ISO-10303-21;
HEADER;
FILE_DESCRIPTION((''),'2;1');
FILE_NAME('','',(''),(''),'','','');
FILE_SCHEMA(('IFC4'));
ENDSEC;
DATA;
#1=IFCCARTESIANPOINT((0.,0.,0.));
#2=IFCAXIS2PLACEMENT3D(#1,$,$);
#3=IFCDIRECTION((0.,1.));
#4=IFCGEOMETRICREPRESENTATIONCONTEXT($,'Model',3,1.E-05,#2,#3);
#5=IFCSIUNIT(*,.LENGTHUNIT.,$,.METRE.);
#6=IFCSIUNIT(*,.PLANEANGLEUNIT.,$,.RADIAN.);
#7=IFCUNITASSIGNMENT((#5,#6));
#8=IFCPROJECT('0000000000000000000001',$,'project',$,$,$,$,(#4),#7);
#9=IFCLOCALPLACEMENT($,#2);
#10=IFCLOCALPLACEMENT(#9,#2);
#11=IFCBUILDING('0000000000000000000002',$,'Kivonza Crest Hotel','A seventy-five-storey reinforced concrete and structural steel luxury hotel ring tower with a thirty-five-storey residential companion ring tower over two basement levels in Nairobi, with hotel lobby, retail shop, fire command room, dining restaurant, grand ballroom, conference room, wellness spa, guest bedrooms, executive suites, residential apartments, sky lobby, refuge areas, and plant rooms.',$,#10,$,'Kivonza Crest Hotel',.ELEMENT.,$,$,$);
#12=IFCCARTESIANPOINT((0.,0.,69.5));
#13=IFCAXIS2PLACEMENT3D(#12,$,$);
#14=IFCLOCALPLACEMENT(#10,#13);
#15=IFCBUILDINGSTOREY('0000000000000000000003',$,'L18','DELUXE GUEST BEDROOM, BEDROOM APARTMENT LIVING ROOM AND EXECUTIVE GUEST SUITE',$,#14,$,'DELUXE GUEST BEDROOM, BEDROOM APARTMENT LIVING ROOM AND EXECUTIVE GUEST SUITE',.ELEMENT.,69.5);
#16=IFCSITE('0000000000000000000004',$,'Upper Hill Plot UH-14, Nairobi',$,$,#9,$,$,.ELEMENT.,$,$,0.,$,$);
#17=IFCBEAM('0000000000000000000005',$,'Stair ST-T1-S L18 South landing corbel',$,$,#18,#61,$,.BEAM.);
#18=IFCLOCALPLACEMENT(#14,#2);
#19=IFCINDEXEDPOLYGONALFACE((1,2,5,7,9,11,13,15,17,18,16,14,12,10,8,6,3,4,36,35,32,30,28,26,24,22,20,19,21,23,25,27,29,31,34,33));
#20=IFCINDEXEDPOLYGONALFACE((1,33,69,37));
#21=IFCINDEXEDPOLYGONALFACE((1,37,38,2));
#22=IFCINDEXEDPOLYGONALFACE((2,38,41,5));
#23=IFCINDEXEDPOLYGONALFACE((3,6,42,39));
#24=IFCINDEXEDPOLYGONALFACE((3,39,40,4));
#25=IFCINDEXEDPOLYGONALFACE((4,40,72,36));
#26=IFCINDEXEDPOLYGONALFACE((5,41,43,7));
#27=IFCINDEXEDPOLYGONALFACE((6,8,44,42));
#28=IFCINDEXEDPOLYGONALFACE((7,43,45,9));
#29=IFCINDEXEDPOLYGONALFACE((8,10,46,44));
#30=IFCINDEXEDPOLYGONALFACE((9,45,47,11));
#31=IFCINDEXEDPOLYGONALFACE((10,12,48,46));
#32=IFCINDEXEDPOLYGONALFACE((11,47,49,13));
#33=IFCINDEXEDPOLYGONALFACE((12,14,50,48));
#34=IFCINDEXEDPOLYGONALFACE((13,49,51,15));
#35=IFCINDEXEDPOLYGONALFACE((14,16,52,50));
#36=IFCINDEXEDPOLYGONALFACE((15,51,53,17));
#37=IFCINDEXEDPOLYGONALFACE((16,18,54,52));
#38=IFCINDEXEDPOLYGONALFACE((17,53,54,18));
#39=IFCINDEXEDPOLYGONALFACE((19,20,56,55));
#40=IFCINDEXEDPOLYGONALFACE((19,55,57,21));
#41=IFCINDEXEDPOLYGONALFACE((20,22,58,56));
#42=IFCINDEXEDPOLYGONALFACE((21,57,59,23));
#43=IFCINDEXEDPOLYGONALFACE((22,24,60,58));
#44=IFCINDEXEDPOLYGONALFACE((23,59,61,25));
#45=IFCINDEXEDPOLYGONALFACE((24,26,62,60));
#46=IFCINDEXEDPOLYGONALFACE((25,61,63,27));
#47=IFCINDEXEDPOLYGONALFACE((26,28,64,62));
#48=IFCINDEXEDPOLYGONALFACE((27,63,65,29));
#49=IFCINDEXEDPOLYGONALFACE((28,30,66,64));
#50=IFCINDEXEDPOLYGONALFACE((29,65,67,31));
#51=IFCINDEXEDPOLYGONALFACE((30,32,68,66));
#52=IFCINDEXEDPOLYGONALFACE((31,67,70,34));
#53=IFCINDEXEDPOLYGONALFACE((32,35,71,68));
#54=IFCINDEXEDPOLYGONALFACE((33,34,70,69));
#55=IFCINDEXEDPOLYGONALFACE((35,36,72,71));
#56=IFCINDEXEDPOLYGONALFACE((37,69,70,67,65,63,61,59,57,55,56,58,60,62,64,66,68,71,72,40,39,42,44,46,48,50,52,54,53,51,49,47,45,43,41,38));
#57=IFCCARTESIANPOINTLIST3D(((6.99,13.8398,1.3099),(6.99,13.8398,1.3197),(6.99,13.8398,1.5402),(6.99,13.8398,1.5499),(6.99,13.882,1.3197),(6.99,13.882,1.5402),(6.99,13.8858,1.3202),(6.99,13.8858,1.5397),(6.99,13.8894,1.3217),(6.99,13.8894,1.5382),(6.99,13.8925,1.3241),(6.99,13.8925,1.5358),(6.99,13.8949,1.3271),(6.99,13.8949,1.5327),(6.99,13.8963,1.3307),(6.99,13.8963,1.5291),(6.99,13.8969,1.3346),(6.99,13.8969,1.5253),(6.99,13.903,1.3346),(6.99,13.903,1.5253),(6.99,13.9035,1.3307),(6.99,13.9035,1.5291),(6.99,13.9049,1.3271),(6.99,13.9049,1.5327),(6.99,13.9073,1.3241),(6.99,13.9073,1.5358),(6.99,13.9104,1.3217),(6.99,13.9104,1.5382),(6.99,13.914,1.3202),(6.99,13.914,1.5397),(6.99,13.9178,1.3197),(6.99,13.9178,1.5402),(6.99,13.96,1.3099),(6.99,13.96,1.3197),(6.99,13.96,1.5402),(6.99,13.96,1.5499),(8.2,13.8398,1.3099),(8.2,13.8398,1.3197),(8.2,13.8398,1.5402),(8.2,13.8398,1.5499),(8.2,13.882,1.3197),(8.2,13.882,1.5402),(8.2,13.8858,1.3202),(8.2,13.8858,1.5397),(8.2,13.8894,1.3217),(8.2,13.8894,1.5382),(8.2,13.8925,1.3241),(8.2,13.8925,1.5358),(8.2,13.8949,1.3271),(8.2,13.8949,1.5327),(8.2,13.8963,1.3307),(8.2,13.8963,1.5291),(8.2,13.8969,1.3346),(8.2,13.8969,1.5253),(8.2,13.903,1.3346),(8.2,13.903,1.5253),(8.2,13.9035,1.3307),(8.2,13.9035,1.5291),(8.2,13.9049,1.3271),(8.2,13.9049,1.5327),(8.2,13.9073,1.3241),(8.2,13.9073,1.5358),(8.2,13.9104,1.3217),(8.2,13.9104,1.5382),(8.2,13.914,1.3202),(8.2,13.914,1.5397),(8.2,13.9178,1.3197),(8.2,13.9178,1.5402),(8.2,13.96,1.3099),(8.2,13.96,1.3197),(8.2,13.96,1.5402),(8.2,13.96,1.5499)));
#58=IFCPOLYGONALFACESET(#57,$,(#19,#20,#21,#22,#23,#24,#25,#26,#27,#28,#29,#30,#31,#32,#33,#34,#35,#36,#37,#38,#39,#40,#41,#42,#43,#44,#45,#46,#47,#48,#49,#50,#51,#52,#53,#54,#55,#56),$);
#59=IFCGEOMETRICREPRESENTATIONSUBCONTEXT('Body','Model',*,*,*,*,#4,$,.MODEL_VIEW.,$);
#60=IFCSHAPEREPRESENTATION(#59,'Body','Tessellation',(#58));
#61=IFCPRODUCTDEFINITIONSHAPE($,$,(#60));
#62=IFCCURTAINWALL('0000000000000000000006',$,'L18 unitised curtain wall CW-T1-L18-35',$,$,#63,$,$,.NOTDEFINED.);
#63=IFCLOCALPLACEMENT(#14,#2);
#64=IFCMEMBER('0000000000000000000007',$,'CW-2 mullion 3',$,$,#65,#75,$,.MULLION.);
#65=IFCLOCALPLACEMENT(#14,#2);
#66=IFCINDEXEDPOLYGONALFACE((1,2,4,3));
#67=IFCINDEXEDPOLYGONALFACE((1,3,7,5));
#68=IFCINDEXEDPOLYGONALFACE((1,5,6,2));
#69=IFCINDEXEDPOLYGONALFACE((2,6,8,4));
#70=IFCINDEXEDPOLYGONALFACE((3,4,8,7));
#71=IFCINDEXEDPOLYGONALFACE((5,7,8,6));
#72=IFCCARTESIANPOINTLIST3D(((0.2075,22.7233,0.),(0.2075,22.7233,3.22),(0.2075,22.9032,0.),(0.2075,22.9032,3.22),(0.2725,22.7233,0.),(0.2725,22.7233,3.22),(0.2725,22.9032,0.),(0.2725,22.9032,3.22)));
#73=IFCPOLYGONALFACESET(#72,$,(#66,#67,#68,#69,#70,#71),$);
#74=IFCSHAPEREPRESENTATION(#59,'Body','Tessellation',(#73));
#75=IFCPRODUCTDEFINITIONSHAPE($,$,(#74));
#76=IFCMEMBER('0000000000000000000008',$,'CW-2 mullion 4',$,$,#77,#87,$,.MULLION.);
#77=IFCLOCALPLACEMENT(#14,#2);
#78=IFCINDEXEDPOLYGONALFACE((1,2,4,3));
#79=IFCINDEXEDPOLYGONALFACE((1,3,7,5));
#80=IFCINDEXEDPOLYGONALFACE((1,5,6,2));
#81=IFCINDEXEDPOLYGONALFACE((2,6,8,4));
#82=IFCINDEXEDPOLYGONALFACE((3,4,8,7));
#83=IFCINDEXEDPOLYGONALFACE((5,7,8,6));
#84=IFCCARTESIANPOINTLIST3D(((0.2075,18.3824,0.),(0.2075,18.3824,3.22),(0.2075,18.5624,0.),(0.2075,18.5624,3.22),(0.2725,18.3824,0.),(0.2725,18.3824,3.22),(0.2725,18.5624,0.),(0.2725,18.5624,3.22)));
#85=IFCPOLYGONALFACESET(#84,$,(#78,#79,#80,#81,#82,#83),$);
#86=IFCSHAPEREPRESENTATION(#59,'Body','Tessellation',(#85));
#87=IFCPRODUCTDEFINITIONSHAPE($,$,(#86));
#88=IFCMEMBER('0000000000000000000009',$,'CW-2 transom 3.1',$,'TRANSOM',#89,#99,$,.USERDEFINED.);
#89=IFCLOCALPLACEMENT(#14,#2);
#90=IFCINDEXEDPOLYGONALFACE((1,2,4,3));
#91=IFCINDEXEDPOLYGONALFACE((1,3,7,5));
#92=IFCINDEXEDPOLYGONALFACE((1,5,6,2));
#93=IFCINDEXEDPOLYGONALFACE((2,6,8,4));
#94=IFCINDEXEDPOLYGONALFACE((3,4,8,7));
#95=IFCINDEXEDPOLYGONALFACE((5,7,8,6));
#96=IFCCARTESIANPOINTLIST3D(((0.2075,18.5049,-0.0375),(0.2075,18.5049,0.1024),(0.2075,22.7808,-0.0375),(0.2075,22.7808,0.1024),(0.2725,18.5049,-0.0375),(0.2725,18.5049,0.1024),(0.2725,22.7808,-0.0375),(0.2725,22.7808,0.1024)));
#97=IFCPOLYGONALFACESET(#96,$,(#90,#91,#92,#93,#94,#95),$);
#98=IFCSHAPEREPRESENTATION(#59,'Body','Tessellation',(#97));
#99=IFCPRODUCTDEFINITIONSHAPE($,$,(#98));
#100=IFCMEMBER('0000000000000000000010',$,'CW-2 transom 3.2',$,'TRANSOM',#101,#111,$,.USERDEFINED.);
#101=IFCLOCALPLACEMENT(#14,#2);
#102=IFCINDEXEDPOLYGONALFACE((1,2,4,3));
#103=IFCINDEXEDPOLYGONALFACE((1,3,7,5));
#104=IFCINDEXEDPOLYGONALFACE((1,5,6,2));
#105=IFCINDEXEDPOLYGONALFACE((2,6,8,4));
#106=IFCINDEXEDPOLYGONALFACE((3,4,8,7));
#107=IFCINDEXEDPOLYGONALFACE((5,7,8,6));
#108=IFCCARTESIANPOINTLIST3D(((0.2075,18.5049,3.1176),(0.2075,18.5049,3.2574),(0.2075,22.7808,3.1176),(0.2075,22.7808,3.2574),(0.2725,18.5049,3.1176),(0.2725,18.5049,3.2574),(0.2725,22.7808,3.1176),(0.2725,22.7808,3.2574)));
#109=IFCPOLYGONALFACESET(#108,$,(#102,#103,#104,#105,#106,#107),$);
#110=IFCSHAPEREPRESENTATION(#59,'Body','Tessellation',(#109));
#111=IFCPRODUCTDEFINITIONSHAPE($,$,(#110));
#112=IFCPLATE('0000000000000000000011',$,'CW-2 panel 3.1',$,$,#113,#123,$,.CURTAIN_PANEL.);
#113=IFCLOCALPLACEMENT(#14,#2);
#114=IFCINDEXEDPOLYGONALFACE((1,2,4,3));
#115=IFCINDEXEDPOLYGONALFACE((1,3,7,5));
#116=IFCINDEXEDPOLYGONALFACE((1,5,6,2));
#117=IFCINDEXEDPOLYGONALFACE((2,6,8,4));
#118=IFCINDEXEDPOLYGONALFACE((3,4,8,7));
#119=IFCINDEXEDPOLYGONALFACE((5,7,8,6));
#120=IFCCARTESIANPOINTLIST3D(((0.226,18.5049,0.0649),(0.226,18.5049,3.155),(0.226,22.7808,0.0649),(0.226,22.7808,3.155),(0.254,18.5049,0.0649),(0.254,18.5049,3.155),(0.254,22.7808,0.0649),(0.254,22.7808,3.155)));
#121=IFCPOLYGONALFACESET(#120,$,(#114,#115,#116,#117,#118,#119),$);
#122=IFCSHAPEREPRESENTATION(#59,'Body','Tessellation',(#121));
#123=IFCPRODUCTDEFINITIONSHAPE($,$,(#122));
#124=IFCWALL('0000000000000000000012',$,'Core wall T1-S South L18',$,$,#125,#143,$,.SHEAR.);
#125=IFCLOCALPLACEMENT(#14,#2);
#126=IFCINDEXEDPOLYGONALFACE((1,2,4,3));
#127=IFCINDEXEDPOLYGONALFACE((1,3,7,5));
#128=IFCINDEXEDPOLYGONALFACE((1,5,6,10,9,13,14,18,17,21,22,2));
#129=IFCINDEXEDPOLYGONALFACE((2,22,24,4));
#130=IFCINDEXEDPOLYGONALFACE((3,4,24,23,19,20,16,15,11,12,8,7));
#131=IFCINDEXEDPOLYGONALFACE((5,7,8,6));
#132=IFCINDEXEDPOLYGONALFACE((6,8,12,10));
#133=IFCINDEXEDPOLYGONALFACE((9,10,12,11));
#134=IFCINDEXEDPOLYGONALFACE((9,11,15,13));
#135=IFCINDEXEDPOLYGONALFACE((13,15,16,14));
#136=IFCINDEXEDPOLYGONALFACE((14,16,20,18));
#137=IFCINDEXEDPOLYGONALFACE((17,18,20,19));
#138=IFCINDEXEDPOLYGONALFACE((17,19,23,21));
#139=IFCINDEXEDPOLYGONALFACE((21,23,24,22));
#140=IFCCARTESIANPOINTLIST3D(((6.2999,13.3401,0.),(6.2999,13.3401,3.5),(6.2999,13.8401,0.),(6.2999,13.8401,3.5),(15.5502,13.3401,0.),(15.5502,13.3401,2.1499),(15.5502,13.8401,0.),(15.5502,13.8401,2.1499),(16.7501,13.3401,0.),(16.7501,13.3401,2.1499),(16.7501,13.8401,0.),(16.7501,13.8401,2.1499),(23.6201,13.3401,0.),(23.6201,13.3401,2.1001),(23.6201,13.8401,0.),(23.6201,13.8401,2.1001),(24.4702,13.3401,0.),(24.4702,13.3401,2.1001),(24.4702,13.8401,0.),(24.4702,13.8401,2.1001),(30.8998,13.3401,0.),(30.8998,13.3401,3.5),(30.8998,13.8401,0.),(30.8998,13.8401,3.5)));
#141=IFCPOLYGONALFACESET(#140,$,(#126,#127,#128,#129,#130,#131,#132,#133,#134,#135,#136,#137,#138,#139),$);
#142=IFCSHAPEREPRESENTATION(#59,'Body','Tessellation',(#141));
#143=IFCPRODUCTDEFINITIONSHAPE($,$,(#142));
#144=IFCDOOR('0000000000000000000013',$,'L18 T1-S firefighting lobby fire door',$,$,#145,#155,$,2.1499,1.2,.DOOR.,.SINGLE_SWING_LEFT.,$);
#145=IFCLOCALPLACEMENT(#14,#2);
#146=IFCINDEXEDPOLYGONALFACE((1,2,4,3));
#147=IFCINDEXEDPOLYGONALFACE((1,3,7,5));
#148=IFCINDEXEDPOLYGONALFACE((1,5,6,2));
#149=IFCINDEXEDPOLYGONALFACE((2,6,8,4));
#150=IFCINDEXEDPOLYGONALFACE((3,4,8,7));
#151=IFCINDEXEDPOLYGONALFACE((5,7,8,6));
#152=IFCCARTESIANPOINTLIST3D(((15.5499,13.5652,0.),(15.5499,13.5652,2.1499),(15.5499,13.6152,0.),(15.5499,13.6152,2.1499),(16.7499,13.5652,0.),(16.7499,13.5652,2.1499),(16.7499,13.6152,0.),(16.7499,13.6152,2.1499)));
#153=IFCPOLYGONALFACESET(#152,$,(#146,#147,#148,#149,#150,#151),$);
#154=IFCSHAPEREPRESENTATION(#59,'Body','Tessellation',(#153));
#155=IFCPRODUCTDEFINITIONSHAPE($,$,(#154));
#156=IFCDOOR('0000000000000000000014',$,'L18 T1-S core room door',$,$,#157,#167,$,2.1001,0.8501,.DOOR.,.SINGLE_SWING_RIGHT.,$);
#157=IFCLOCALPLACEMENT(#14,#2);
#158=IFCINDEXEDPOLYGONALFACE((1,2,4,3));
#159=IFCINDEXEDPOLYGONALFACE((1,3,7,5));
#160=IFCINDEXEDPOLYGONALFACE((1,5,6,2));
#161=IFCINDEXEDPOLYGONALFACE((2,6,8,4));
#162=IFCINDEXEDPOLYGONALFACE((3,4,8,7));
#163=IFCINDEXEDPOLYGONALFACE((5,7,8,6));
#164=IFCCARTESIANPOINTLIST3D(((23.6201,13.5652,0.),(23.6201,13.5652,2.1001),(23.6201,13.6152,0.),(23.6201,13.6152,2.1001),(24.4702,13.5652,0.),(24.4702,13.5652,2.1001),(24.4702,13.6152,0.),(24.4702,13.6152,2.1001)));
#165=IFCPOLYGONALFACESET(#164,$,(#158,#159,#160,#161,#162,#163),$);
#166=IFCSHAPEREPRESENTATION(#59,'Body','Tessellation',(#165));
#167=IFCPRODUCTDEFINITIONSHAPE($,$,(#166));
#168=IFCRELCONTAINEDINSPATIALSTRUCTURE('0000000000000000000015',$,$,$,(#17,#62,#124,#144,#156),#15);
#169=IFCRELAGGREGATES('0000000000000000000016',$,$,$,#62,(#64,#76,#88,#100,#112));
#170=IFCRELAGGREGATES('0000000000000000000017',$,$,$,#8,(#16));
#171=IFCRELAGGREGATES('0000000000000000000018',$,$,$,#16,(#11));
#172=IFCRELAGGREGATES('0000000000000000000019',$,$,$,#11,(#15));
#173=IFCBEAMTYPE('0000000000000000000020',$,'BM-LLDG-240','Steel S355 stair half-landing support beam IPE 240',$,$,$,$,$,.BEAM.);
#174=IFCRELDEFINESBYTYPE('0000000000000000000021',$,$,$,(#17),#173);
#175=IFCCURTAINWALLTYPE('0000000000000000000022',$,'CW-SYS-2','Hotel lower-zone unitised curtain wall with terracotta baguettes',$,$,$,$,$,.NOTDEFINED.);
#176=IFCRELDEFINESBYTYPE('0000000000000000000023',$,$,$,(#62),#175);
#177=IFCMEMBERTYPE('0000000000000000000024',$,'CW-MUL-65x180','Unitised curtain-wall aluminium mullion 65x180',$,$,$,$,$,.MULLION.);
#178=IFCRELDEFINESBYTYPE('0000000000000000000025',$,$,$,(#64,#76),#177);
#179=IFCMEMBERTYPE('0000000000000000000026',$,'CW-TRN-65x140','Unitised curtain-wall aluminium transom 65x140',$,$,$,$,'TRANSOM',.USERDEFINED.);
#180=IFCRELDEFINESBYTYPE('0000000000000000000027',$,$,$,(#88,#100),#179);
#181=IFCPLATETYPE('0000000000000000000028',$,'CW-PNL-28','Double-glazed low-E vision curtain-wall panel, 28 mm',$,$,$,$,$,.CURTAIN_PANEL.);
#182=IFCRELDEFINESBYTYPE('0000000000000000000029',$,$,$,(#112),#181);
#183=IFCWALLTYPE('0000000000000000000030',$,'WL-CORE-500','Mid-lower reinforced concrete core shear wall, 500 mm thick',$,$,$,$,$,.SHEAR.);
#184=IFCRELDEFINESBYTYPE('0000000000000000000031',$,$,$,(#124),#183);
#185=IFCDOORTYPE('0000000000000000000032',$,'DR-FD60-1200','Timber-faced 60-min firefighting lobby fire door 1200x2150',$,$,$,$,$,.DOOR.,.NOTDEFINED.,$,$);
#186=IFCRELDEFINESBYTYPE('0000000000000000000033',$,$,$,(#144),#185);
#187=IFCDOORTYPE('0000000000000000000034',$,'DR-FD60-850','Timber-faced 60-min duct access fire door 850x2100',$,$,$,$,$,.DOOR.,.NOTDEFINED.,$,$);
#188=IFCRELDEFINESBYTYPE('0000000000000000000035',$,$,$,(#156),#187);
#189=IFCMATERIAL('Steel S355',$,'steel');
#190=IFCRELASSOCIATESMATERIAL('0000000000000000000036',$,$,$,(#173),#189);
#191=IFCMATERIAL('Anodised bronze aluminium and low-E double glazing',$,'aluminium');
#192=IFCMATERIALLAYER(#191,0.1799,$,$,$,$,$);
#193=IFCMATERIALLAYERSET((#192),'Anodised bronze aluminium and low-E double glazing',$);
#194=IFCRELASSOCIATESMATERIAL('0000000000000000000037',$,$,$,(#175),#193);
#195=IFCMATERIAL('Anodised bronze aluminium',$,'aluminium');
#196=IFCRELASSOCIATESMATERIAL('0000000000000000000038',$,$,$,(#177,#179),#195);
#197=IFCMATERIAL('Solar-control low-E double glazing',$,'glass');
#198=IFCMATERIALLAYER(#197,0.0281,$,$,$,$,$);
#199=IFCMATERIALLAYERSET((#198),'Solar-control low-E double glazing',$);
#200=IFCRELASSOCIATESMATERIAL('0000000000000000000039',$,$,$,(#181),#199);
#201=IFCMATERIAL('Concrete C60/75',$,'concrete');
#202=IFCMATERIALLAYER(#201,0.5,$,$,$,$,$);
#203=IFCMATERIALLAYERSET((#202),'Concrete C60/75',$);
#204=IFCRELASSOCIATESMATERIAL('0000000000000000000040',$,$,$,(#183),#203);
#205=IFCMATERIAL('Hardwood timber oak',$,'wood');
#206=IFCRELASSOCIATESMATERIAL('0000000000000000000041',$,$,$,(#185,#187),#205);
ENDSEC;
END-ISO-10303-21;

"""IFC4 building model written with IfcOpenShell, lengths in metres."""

from ifc_helpers import new_model, si_unit, direction, frame, frame_2d, origin, origin_2d, place, context, subcontext, project, spatial, rectangle, i_section, extrude, material, layer, layer_set, material_profile, profile_set, type_object, element, fill, aggregate, save


model = new_model("IFC4")

# Units and contexts
model_context = context("Model", 3, precision=1e-05, world=origin(), true_north=direction((0.0, 1.0)))
body_context = subcontext(model_context, "Body", "Model", "MODEL_VIEW")
ifc_project = project(units=[si_unit("LENGTHUNIT", "METRE"), si_unit("PLANEANGLEUNIT", "RADIAN")], contexts=[model_context])

# Site, building, storey
site_placement = place(None, origin())
site = spatial("IfcSite", under=ifc_project, at=site_placement, Name="Upper Hill Plot UH-14, Nairobi", CompositionType="ELEMENT", RefElevation=0.0)
building_placement = place(site_placement, origin())
building = spatial("IfcBuilding", under=site, at=building_placement, Name="Kivonza Crest Hotel", Description="A seventy-five-storey reinforced concrete and structural steel luxury hotel ring tower with a thirty-five-storey residential companion ring tower over two basement levels in Nairobi, with hotel lobby, retail shop, fire command room, dining restaurant, grand ballroom, conference room, wellness spa, guest bedrooms, executive suites, residential apartments, sky lobby, refuge areas, and plant rooms.", LongName="Kivonza Crest Hotel", CompositionType="ELEMENT")
storey_placement = place(building_placement, frame((0.0, 0.0, 69.5)))
storey = spatial("IfcBuildingStorey", under=building, at=storey_placement, Name="L18", Description="DELUXE GUEST BEDROOM, BEDROOM APARTMENT LIVING ROOM AND EXECUTIVE GUEST SUITE", LongName="DELUXE GUEST BEDROOM, BEDROOM APARTMENT LIVING ROOM AND EXECUTIVE GUEST SUITE", CompositionType="ELEMENT", Elevation=69.5)

# Shared definitions
ifc_material_1 = material(Name="Concrete C60/75", Category="concrete")

# Beam
ifc_material_2 = material(Name="Steel S355", Category="steel")
ifc_material_profile_1 = material_profile(ifc_material_2, i_section(OverallWidth=0.1201, OverallDepth=0.24, WebThickness=0.0061, FlangeThickness=0.0098, FilletRadius=0.0149, at=origin_2d()), Name="IPE 240")
ifc_profile_set_1 = profile_set([ifc_material_profile_1], Name="Steel S355")
beam_type_1 = type_object("IfcBeamType", Name="BM-LLDG-240", Description="Steel S355 stair half-landing support beam IPE 240", PredefinedType="BEAM", material=ifc_profile_set_1)
beam_1_placement = place(storey_placement, frame((6.99, 13.8999, 1.4299), z_axis=(1.0, 0.0, 0.0), x_axis=(0.0, 1.0, 0.0)))
element("IfcBeam", 1, at=beam_1_placement, inside=storey, type_object=beam_type_1, Name="Stair ST-T1-S L18 South landing corbel", PredefinedType="BEAM", context=body_context, shape_type="SweptSolid", body=[
    extrude(i_section(OverallWidth=0.1201, OverallDepth=0.24, WebThickness=0.0061, FlangeThickness=0.0098, FilletRadius=0.0149, at=origin_2d()), origin(), (0.0, 0.0, 1.0), 1.21),
])

# Curtain wall, members, plate
ifc_material_3 = material(Name="Anodised bronze aluminium and low-E double glazing", Category="aluminium")
ifc_layer_1 = layer(ifc_material_3, 0.1799)
ifc_layer_set_1 = layer_set([ifc_layer_1], Name="Anodised bronze aluminium and low-E double glazing")
curtain_wall_type = type_object("IfcCurtainWallType", Name="CW-SYS-2", Description="Hotel lower-zone unitised curtain wall with terracotta baguettes", PredefinedType="NOTDEFINED", material=ifc_layer_set_1)
curtain_wall_placement = place(storey_placement, origin())
curtain_wall = element("IfcCurtainWall", 2, at=curtain_wall_placement, inside=storey, type_object=curtain_wall_type, Name="L18 unitised curtain wall CW-T1-L18-35", PredefinedType="NOTDEFINED")
ifc_material_4 = material(Name="Anodised bronze aluminium", Category="aluminium")
ifc_material_profile_2 = material_profile(ifc_material_4, rectangle(XDim=0.0649, YDim=0.1799, at=origin_2d()), Name="CW-M 65x180")
ifc_profile_set_2 = profile_set([ifc_material_profile_2], Name="Anodised bronze aluminium")
member_type_1 = type_object("IfcMemberType", Name="CW-MUL-65x180", Description="Unitised curtain-wall aluminium mullion 65x180", PredefinedType="MULLION", material=ifc_profile_set_2)
member_1_placement = place(storey_placement, frame((0.24, 22.8132, 0.0), z_axis=(0.0, 0.0, 1.0), x_axis=(1.0, 0.0, 0.0)))
member_1 = element("IfcMember", 3, at=member_1_placement, type_object=member_type_1, Name="CW-2 mullion 3", PredefinedType="MULLION", context=body_context, shape_type="SweptSolid", body=[
    extrude(rectangle(XDim=0.0649, YDim=0.1799, at=origin_2d()), origin(), (0.0, 0.0, 1.0), 3.22),
])
member_2_placement = place(storey_placement, frame((0.24, 18.4724, 0.0), z_axis=(0.0, 0.0, 1.0), x_axis=(1.0, 0.0, 0.0)))
member_2 = element("IfcMember", 4, at=member_2_placement, type_object=member_type_1, Name="CW-2 mullion 4", PredefinedType="MULLION", context=body_context, shape_type="SweptSolid", body=[
    extrude(rectangle(XDim=0.0649, YDim=0.1799, at=origin_2d()), origin(), (0.0, 0.0, 1.0), 3.22),
])
ifc_material_profile_3 = material_profile(ifc_material_4, rectangle(XDim=0.0649, YDim=0.1399, at=origin_2d()), Name="CW-T 65x140")
ifc_profile_set_3 = profile_set([ifc_material_profile_3], Name="Anodised bronze aluminium")
member_type_2 = type_object("IfcMemberType", Name="CW-TRN-65x140", Description="Unitised curtain-wall aluminium transom 65x140", ElementType="TRANSOM", PredefinedType="USERDEFINED", material=ifc_profile_set_3)
member_3_placement = place(storey_placement, frame((0.24, 22.7808, 0.0325), z_axis=(0.0, -1.0, 0.0), x_axis=(1.0, 0.0, 0.0)))
member_3 = element("IfcMember", 5, at=member_3_placement, type_object=member_type_2, Name="CW-2 transom 3.1", ObjectType="TRANSOM", PredefinedType="USERDEFINED", context=body_context, shape_type="SweptSolid", body=[
    extrude(rectangle(XDim=0.0649, YDim=0.1399, at=origin_2d()), origin(), (0.0, 0.0, 1.0), 4.2759),
])
member_4_placement = place(storey_placement, frame((0.24, 22.7808, 3.1875), z_axis=(0.0, -1.0, 0.0), x_axis=(1.0, 0.0, 0.0)))
member_4 = element("IfcMember", 6, at=member_4_placement, type_object=member_type_2, Name="CW-2 transom 3.2", ObjectType="TRANSOM", PredefinedType="USERDEFINED", context=body_context, shape_type="SweptSolid", body=[
    extrude(rectangle(XDim=0.0649, YDim=0.1399, at=origin_2d()), origin(), (0.0, 0.0, 1.0), 4.2759),
])
ifc_material_5 = material(Name="Solar-control low-E double glazing", Category="glass")
ifc_layer_2 = layer(ifc_material_5, 0.0281)
ifc_layer_set_2 = layer_set([ifc_layer_2], Name="Solar-control low-E double glazing")
plate_type = type_object("IfcPlateType", Name="CW-PNL-28", Description="Double-glazed low-E vision curtain-wall panel, 28 mm", PredefinedType="CURTAIN_PANEL", material=ifc_layer_set_2)
plate_placement = place(storey_placement, frame((0.24, 20.6428, 0.0649), z_axis=(0.0, 0.0, 1.0), x_axis=(0.0, -1.0, 0.0)))
plate = element("IfcPlate", 7, at=plate_placement, type_object=plate_type, Name="CW-2 panel 3.1", PredefinedType="CURTAIN_PANEL", context=body_context, shape_type="SweptSolid", body=[
    extrude(rectangle(XDim=4.2759, YDim=0.0281, at=origin_2d()), origin(), (0.0, 0.0, 1.0), 3.0901),
])
aggregate(curtain_wall, [member_1, member_2, member_3, member_4, plate])

# Wall, openings, doors
ifc_layer_3 = layer(ifc_material_1, 0.5)
ifc_layer_set_3 = layer_set([ifc_layer_3], Name="Concrete C60/75")
wall_type_1 = type_object("IfcWallType", Name="WL-CORE-500", Description="Mid-lower reinforced concrete core shear wall, 500 mm thick", PredefinedType="SHEAR", material=ifc_layer_set_3)
wall_1_placement = place(storey_placement, frame((6.3, 13.5901, 0.0), z_axis=(0.0, 0.0, 1.0), x_axis=(1.0, 0.0, 0.0)))
wall_1 = element("IfcWall", 8, at=wall_1_placement, inside=storey, type_object=wall_type_1, Name="Core wall T1-S South L18", PredefinedType="SHEAR", context=body_context, shape_type="SweptSolid", body=[
    extrude(rectangle(XDim=24.5999, YDim=0.5, at=frame_2d((12.2998, 0.0))), origin(), (0.0, 0.0, 1.0), 3.5),
])
opening_1_placement = place(wall_1_placement, frame((9.25, 0.0, 0.0)))
opening_1 = element("IfcOpeningElement", 9, at=opening_1_placement, cuts=wall_1, PredefinedType="OPENING", context=body_context, shape_type="SweptSolid", body=[
    extrude(rectangle(XDim=1.2, YDim=2.1499, at=frame_2d((0.6001, 1.075))), frame((0.0, 0.26, 0.0), z_axis=(0.0, -1.0, 0.0), x_axis=(1.0, 0.0, 0.0)), (0.0, 0.0, 1.0), 0.52),
])
opening_2_placement = place(wall_1_placement, frame((17.3201, 0.0, 0.0)))
opening_2 = element("IfcOpeningElement", 10, at=opening_2_placement, cuts=wall_1, PredefinedType="OPENING", context=body_context, shape_type="SweptSolid", body=[
    extrude(rectangle(XDim=0.8501, YDim=2.1001, at=frame_2d((0.425, 1.05))), frame((0.0, 0.26, 0.0), z_axis=(0.0, -1.0, 0.0), x_axis=(1.0, 0.0, 0.0)), (0.0, 0.0, 1.0), 0.52),
])
ifc_material_6 = material(Name="Hardwood timber oak", Category="wood")
door_type_1 = type_object("IfcDoorType", Name="DR-FD60-1200", Description="Timber-faced 60-min firefighting lobby fire door 1200x2150", OperationType="NOTDEFINED", PredefinedType="DOOR", material=ifc_material_6)
door_1_placement = place(opening_1_placement, frame((1.2, 0.0, 0.0), z_axis=(0.0, 0.0, 1.0), x_axis=(-1.0, 0.0, 0.0)))
door_1 = element("IfcDoor", 11, at=door_1_placement, inside=storey, type_object=door_type_1, Name="L18 T1-S firefighting lobby fire door", OperationType="SINGLE_SWING_LEFT", OverallHeight=2.1499, OverallWidth=1.2, PredefinedType="DOOR", context=body_context, shape_type="SweptSolid", body=[
    extrude(rectangle(XDim=1.2, YDim=2.1499, at=frame_2d((0.6001, 1.075))), frame((0.0, 0.0249, 0.0), z_axis=(0.0, -1.0, 0.0), x_axis=(1.0, 0.0, 0.0)), (0.0, 0.0, 1.0), 0.05),
])
fill(opening_1, door_1)
door_type_2 = type_object("IfcDoorType", Name="DR-FD60-850", Description="Timber-faced 60-min duct access fire door 850x2100", OperationType="NOTDEFINED", PredefinedType="DOOR", material=ifc_material_6)
door_2_placement = place(opening_2_placement, frame((0.8501, 0.0, 0.0), z_axis=(0.0, 0.0, 1.0), x_axis=(-1.0, 0.0, 0.0)))
door_2 = element("IfcDoor", 12, at=door_2_placement, inside=storey, type_object=door_type_2, Name="L18 T1-S core room door", OperationType="SINGLE_SWING_RIGHT", OverallHeight=2.1001, OverallWidth=0.8501, PredefinedType="DOOR", context=body_context, shape_type="SweptSolid", body=[
    extrude(rectangle(XDim=0.8501, YDim=2.1001, at=frame_2d((0.425, 1.05))), frame((0.0, 0.0249, 0.0), z_axis=(0.0, -1.0, 0.0), x_axis=(1.0, 0.0, 0.0)), (0.0, 0.0, 1.0), 0.05),
])
fill(opening_2, door_2)

save(model, "model.ifc")
